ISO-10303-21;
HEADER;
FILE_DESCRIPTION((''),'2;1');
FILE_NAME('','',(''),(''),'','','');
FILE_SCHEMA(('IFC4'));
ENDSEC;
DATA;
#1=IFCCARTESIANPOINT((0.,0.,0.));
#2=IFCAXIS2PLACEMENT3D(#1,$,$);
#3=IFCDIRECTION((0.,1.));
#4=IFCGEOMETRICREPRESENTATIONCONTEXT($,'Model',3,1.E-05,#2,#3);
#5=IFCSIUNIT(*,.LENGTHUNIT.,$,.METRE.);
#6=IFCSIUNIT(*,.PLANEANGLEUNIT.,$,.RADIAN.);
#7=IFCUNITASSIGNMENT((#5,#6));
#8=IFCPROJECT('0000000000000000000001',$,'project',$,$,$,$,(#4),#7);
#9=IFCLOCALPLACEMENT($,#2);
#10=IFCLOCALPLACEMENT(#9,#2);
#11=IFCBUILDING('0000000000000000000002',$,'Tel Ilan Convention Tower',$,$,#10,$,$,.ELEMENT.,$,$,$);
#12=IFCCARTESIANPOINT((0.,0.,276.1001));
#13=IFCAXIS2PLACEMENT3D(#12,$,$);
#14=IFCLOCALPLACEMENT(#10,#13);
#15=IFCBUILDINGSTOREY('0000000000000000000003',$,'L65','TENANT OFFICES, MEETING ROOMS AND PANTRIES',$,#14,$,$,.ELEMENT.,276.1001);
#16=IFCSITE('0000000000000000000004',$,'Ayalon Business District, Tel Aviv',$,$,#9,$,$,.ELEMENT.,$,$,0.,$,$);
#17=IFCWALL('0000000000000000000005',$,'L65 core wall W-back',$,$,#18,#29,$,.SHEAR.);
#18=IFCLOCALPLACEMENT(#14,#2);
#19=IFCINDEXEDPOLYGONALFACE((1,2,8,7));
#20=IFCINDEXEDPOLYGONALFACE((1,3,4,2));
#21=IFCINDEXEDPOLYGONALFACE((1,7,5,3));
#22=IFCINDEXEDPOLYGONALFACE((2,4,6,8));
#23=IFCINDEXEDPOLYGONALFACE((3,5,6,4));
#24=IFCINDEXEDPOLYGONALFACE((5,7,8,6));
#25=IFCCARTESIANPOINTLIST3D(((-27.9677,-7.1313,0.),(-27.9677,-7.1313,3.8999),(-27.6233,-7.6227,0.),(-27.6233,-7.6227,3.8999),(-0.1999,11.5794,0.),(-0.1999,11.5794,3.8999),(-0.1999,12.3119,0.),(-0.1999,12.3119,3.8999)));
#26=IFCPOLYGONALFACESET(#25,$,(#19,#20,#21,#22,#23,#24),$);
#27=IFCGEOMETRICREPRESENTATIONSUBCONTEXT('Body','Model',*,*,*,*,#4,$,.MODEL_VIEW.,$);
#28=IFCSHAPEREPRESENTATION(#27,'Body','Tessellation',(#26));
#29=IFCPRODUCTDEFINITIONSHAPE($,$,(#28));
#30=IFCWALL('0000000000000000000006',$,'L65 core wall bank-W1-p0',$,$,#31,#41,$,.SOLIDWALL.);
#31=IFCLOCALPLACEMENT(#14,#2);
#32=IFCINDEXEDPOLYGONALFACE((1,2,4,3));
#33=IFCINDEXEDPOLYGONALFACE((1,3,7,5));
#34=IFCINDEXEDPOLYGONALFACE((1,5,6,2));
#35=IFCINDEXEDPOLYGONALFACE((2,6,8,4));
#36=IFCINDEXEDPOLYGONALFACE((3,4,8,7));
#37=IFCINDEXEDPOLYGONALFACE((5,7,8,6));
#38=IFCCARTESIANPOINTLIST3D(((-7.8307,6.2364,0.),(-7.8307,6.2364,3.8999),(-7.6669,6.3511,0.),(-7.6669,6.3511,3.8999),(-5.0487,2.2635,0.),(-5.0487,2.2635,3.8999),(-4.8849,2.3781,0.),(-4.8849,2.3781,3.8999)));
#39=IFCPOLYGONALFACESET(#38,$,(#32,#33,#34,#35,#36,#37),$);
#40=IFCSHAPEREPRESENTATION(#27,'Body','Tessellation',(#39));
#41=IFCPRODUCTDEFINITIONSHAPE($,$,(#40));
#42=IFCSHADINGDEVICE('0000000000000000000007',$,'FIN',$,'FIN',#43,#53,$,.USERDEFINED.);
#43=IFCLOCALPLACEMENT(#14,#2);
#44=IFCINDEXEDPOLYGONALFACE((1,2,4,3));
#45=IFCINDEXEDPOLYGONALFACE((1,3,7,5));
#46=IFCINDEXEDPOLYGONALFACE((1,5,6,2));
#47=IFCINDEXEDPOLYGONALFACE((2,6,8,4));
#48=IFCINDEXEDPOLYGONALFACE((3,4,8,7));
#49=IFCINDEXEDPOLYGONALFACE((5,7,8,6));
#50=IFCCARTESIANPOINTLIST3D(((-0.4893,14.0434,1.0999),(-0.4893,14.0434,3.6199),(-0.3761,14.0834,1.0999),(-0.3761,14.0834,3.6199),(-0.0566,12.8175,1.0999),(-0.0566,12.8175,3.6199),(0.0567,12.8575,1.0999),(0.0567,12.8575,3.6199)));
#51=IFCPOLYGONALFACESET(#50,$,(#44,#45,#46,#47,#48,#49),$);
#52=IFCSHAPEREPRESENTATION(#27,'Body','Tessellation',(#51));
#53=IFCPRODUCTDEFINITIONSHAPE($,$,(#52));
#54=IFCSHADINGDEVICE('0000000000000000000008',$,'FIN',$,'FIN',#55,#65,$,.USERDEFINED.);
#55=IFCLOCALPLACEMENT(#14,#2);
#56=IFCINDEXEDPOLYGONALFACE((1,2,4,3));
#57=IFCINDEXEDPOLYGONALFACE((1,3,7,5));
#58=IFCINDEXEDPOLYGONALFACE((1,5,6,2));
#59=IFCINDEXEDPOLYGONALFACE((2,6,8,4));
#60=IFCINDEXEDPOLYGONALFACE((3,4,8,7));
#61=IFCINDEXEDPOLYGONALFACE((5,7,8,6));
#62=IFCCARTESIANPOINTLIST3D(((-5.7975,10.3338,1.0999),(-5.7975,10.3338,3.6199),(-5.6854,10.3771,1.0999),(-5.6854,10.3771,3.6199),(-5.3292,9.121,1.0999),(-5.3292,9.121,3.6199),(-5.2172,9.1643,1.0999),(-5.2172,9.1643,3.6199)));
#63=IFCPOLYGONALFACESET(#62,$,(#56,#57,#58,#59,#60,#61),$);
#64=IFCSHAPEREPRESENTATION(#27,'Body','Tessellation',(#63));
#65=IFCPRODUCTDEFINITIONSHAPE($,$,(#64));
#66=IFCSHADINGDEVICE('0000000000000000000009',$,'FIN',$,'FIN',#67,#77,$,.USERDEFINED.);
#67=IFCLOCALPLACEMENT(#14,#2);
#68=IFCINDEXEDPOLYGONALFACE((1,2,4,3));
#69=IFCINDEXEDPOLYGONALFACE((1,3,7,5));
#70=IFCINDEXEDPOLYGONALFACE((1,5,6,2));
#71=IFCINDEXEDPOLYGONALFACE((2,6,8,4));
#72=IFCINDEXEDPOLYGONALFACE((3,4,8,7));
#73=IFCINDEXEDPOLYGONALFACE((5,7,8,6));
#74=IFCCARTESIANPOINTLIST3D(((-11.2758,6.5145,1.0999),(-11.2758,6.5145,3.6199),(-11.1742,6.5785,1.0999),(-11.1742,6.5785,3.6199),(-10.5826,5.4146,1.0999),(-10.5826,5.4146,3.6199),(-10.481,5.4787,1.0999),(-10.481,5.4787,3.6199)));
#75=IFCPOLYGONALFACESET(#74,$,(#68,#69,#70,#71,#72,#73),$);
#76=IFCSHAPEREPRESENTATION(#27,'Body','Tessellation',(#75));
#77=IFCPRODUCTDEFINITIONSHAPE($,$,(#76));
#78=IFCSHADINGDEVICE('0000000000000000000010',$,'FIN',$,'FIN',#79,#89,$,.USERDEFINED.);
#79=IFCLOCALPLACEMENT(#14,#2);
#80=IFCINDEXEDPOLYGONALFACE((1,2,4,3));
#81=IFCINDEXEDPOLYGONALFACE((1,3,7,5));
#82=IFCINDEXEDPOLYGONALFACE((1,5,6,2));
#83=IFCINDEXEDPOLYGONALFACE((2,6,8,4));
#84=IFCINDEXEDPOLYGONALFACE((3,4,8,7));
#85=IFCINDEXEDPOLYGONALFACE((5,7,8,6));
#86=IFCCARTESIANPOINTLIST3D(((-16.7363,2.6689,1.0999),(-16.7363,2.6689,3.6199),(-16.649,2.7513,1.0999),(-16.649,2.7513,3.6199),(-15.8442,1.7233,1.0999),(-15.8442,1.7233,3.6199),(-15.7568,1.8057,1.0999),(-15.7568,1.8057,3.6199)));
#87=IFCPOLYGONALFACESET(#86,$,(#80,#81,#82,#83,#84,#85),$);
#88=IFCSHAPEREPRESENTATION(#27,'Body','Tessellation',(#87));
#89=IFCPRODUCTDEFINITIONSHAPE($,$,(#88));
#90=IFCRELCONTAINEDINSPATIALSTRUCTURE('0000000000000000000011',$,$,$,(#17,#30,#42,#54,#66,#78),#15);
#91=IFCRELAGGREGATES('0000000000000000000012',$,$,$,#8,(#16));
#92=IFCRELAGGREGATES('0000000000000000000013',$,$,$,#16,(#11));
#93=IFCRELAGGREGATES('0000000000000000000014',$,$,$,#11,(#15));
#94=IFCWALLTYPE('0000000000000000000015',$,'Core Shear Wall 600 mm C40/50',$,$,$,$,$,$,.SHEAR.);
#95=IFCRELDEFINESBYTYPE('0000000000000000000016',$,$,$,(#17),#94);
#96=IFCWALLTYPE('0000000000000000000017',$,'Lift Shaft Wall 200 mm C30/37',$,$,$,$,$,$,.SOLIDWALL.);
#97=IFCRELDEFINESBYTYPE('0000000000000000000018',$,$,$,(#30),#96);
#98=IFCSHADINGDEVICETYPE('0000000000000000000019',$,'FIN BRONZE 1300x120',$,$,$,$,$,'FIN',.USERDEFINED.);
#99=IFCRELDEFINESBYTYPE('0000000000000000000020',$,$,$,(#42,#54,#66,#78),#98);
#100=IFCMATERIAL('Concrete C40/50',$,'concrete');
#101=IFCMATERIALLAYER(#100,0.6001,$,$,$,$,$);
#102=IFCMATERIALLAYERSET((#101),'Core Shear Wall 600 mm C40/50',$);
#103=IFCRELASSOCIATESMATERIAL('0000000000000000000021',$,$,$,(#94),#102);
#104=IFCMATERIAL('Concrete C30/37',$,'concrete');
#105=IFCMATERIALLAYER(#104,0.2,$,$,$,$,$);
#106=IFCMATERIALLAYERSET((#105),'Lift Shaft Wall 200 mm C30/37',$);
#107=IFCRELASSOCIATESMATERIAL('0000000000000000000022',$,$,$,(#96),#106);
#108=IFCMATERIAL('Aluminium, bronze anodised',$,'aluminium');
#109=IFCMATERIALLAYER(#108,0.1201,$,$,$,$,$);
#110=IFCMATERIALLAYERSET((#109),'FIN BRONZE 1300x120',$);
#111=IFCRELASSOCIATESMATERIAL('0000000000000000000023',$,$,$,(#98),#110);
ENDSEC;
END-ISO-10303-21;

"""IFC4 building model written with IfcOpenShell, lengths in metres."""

from ifc_helpers import new_model, si_unit, direction, frame, frame_2d, origin, origin_2d, place, context, subcontext, project, spatial, polyline, rectangle, outline, extrude, material, layer, layer_set, type_object, element, save


model = new_model("IFC4")

# Units and contexts
model_context = context("Model", 3, precision=1e-05, world=origin(), true_north=direction((0.0, 1.0)))
body_context = subcontext(model_context, "Body", "Model", "MODEL_VIEW")
ifc_project = project(units=[si_unit("LENGTHUNIT", "METRE"), si_unit("PLANEANGLEUNIT", "RADIAN")], contexts=[model_context])

# Site, building, storey
site_placement = place(None, origin())
site = spatial("IfcSite", under=ifc_project, at=site_placement, Name="Ayalon Business District, Tel Aviv", CompositionType="ELEMENT", RefElevation=0.0)
building_placement = place(site_placement, origin())
building = spatial("IfcBuilding", under=site, at=building_placement, Name="Tel Ilan Convention Tower", CompositionType="ELEMENT")
storey_placement = place(building_placement, frame((0.0, 0.0, 276.1001)))
storey = spatial("IfcBuildingStorey", under=building, at=storey_placement, Name="L65", Description="TENANT OFFICES, MEETING ROOMS AND PANTRIES", CompositionType="ELEMENT", Elevation=276.1001)

# Walls
ifc_material_1 = material(Name="Concrete C40/50", Category="concrete")
ifc_layer_1 = layer(ifc_material_1, 0.6001)
ifc_layer_set_1 = layer_set([ifc_layer_1], Name="Core Shear Wall 600 mm C40/50")
wall_type_1 = type_object("IfcWallType", Name="Core Shear Wall 600 mm C40/50", PredefinedType="SHEAR", material=ifc_layer_set_1)
wall_1_placement = place(storey_placement, frame((-0.0278, 12.0662, 0.0), z_axis=(0.0, 0.0, 1.0), x_axis=(-0.819151, -0.573577, 0.0)))
element("IfcWall", 1, at=wall_1_placement, inside=storey, type_object=wall_type_1, Name="L65 core wall W-back", PredefinedType="SHEAR", context=body_context, shape_type="SweptSolid", body=[
    extrude(outline(polyline([(33.8979, 0.3), (0.4202, 0.3), (0.0, -0.3), (33.8982, -0.3), (33.8979, 0.3)])), origin(), (0.0, 0.0, 1.0), 3.8999),
])
ifc_material_2 = material(Name="Concrete C30/37", Category="concrete")
ifc_layer_2 = layer(ifc_material_2, 0.2)
ifc_layer_set_2 = layer_set([ifc_layer_2], Name="Lift Shaft Wall 200 mm C30/37")
wall_type_2 = type_object("IfcWallType", Name="Lift Shaft Wall 200 mm C30/37", PredefinedType="SOLIDWALL", material=ifc_layer_set_2)
wall_2_placement = place(storey_placement, frame((-4.9668, 2.3208, 0.0), z_axis=(0.0, 0.0, 1.0), x_axis=(-0.573594, 0.81914, 0.0)))
element("IfcWall", 2, at=wall_2_placement, inside=storey, type_object=wall_type_2, Name="L65 core wall bank-W1-p0", PredefinedType="SOLIDWALL", context=body_context, shape_type="SweptSolid", body=[
    extrude(rectangle(XDim=4.8501, YDim=0.2, at=frame_2d((2.425, 0.0))), origin(), (0.0, 0.0, 1.0), 3.8999),
])

# Shading devices
ifc_material_3 = material(Name="Aluminium, bronze anodised", Category="aluminium")
ifc_layer_3 = layer(ifc_material_3, 0.1201)
ifc_layer_set_3 = layer_set([ifc_layer_3], Name="FIN BRONZE 1300x120")
shading_device_type = type_object("IfcShadingDeviceType", Name="FIN BRONZE 1300x120", ElementType="FIN", PredefinedType="USERDEFINED", material=ifc_layer_set_3)
for number, where, z_axis, x_axis, name in (
    (3, (-0.2163, 13.4504, 1.0999), (0.0, 0.0, 1.0), (-0.332893, 0.942965, 0.0), "FIN"),
    (4, (-5.5073, 9.749, 1.0999), (0.0, 0.0, 1.0), (-0.360178, 0.932884, 0.0), "FIN"),
    (5, (-10.8784, 5.9966, 1.0999), (0.0, 0.0, 1.0), (-0.533204, 0.845986, 0.0), "FIN"),
    (6, (-16.2466, 2.2373, 1.0999), (0.0, 0.0, 1.0), (-0.686242, 0.727374, 0.0), "FIN"),
):
    element("IfcShadingDevice", number, at=place(storey_placement, frame(where, z_axis=z_axis, x_axis=x_axis)), inside=storey, type_object=shading_device_type, Name=name, ObjectType="FIN", PredefinedType="USERDEFINED", context=body_context, shape_type="SweptSolid", body=[
        extrude(rectangle(XDim=1.3, YDim=0.1201, at=origin_2d()), origin(), (0.0, 0.0, 1.0), 2.52),
    ])

save(model, "model.ifc")
